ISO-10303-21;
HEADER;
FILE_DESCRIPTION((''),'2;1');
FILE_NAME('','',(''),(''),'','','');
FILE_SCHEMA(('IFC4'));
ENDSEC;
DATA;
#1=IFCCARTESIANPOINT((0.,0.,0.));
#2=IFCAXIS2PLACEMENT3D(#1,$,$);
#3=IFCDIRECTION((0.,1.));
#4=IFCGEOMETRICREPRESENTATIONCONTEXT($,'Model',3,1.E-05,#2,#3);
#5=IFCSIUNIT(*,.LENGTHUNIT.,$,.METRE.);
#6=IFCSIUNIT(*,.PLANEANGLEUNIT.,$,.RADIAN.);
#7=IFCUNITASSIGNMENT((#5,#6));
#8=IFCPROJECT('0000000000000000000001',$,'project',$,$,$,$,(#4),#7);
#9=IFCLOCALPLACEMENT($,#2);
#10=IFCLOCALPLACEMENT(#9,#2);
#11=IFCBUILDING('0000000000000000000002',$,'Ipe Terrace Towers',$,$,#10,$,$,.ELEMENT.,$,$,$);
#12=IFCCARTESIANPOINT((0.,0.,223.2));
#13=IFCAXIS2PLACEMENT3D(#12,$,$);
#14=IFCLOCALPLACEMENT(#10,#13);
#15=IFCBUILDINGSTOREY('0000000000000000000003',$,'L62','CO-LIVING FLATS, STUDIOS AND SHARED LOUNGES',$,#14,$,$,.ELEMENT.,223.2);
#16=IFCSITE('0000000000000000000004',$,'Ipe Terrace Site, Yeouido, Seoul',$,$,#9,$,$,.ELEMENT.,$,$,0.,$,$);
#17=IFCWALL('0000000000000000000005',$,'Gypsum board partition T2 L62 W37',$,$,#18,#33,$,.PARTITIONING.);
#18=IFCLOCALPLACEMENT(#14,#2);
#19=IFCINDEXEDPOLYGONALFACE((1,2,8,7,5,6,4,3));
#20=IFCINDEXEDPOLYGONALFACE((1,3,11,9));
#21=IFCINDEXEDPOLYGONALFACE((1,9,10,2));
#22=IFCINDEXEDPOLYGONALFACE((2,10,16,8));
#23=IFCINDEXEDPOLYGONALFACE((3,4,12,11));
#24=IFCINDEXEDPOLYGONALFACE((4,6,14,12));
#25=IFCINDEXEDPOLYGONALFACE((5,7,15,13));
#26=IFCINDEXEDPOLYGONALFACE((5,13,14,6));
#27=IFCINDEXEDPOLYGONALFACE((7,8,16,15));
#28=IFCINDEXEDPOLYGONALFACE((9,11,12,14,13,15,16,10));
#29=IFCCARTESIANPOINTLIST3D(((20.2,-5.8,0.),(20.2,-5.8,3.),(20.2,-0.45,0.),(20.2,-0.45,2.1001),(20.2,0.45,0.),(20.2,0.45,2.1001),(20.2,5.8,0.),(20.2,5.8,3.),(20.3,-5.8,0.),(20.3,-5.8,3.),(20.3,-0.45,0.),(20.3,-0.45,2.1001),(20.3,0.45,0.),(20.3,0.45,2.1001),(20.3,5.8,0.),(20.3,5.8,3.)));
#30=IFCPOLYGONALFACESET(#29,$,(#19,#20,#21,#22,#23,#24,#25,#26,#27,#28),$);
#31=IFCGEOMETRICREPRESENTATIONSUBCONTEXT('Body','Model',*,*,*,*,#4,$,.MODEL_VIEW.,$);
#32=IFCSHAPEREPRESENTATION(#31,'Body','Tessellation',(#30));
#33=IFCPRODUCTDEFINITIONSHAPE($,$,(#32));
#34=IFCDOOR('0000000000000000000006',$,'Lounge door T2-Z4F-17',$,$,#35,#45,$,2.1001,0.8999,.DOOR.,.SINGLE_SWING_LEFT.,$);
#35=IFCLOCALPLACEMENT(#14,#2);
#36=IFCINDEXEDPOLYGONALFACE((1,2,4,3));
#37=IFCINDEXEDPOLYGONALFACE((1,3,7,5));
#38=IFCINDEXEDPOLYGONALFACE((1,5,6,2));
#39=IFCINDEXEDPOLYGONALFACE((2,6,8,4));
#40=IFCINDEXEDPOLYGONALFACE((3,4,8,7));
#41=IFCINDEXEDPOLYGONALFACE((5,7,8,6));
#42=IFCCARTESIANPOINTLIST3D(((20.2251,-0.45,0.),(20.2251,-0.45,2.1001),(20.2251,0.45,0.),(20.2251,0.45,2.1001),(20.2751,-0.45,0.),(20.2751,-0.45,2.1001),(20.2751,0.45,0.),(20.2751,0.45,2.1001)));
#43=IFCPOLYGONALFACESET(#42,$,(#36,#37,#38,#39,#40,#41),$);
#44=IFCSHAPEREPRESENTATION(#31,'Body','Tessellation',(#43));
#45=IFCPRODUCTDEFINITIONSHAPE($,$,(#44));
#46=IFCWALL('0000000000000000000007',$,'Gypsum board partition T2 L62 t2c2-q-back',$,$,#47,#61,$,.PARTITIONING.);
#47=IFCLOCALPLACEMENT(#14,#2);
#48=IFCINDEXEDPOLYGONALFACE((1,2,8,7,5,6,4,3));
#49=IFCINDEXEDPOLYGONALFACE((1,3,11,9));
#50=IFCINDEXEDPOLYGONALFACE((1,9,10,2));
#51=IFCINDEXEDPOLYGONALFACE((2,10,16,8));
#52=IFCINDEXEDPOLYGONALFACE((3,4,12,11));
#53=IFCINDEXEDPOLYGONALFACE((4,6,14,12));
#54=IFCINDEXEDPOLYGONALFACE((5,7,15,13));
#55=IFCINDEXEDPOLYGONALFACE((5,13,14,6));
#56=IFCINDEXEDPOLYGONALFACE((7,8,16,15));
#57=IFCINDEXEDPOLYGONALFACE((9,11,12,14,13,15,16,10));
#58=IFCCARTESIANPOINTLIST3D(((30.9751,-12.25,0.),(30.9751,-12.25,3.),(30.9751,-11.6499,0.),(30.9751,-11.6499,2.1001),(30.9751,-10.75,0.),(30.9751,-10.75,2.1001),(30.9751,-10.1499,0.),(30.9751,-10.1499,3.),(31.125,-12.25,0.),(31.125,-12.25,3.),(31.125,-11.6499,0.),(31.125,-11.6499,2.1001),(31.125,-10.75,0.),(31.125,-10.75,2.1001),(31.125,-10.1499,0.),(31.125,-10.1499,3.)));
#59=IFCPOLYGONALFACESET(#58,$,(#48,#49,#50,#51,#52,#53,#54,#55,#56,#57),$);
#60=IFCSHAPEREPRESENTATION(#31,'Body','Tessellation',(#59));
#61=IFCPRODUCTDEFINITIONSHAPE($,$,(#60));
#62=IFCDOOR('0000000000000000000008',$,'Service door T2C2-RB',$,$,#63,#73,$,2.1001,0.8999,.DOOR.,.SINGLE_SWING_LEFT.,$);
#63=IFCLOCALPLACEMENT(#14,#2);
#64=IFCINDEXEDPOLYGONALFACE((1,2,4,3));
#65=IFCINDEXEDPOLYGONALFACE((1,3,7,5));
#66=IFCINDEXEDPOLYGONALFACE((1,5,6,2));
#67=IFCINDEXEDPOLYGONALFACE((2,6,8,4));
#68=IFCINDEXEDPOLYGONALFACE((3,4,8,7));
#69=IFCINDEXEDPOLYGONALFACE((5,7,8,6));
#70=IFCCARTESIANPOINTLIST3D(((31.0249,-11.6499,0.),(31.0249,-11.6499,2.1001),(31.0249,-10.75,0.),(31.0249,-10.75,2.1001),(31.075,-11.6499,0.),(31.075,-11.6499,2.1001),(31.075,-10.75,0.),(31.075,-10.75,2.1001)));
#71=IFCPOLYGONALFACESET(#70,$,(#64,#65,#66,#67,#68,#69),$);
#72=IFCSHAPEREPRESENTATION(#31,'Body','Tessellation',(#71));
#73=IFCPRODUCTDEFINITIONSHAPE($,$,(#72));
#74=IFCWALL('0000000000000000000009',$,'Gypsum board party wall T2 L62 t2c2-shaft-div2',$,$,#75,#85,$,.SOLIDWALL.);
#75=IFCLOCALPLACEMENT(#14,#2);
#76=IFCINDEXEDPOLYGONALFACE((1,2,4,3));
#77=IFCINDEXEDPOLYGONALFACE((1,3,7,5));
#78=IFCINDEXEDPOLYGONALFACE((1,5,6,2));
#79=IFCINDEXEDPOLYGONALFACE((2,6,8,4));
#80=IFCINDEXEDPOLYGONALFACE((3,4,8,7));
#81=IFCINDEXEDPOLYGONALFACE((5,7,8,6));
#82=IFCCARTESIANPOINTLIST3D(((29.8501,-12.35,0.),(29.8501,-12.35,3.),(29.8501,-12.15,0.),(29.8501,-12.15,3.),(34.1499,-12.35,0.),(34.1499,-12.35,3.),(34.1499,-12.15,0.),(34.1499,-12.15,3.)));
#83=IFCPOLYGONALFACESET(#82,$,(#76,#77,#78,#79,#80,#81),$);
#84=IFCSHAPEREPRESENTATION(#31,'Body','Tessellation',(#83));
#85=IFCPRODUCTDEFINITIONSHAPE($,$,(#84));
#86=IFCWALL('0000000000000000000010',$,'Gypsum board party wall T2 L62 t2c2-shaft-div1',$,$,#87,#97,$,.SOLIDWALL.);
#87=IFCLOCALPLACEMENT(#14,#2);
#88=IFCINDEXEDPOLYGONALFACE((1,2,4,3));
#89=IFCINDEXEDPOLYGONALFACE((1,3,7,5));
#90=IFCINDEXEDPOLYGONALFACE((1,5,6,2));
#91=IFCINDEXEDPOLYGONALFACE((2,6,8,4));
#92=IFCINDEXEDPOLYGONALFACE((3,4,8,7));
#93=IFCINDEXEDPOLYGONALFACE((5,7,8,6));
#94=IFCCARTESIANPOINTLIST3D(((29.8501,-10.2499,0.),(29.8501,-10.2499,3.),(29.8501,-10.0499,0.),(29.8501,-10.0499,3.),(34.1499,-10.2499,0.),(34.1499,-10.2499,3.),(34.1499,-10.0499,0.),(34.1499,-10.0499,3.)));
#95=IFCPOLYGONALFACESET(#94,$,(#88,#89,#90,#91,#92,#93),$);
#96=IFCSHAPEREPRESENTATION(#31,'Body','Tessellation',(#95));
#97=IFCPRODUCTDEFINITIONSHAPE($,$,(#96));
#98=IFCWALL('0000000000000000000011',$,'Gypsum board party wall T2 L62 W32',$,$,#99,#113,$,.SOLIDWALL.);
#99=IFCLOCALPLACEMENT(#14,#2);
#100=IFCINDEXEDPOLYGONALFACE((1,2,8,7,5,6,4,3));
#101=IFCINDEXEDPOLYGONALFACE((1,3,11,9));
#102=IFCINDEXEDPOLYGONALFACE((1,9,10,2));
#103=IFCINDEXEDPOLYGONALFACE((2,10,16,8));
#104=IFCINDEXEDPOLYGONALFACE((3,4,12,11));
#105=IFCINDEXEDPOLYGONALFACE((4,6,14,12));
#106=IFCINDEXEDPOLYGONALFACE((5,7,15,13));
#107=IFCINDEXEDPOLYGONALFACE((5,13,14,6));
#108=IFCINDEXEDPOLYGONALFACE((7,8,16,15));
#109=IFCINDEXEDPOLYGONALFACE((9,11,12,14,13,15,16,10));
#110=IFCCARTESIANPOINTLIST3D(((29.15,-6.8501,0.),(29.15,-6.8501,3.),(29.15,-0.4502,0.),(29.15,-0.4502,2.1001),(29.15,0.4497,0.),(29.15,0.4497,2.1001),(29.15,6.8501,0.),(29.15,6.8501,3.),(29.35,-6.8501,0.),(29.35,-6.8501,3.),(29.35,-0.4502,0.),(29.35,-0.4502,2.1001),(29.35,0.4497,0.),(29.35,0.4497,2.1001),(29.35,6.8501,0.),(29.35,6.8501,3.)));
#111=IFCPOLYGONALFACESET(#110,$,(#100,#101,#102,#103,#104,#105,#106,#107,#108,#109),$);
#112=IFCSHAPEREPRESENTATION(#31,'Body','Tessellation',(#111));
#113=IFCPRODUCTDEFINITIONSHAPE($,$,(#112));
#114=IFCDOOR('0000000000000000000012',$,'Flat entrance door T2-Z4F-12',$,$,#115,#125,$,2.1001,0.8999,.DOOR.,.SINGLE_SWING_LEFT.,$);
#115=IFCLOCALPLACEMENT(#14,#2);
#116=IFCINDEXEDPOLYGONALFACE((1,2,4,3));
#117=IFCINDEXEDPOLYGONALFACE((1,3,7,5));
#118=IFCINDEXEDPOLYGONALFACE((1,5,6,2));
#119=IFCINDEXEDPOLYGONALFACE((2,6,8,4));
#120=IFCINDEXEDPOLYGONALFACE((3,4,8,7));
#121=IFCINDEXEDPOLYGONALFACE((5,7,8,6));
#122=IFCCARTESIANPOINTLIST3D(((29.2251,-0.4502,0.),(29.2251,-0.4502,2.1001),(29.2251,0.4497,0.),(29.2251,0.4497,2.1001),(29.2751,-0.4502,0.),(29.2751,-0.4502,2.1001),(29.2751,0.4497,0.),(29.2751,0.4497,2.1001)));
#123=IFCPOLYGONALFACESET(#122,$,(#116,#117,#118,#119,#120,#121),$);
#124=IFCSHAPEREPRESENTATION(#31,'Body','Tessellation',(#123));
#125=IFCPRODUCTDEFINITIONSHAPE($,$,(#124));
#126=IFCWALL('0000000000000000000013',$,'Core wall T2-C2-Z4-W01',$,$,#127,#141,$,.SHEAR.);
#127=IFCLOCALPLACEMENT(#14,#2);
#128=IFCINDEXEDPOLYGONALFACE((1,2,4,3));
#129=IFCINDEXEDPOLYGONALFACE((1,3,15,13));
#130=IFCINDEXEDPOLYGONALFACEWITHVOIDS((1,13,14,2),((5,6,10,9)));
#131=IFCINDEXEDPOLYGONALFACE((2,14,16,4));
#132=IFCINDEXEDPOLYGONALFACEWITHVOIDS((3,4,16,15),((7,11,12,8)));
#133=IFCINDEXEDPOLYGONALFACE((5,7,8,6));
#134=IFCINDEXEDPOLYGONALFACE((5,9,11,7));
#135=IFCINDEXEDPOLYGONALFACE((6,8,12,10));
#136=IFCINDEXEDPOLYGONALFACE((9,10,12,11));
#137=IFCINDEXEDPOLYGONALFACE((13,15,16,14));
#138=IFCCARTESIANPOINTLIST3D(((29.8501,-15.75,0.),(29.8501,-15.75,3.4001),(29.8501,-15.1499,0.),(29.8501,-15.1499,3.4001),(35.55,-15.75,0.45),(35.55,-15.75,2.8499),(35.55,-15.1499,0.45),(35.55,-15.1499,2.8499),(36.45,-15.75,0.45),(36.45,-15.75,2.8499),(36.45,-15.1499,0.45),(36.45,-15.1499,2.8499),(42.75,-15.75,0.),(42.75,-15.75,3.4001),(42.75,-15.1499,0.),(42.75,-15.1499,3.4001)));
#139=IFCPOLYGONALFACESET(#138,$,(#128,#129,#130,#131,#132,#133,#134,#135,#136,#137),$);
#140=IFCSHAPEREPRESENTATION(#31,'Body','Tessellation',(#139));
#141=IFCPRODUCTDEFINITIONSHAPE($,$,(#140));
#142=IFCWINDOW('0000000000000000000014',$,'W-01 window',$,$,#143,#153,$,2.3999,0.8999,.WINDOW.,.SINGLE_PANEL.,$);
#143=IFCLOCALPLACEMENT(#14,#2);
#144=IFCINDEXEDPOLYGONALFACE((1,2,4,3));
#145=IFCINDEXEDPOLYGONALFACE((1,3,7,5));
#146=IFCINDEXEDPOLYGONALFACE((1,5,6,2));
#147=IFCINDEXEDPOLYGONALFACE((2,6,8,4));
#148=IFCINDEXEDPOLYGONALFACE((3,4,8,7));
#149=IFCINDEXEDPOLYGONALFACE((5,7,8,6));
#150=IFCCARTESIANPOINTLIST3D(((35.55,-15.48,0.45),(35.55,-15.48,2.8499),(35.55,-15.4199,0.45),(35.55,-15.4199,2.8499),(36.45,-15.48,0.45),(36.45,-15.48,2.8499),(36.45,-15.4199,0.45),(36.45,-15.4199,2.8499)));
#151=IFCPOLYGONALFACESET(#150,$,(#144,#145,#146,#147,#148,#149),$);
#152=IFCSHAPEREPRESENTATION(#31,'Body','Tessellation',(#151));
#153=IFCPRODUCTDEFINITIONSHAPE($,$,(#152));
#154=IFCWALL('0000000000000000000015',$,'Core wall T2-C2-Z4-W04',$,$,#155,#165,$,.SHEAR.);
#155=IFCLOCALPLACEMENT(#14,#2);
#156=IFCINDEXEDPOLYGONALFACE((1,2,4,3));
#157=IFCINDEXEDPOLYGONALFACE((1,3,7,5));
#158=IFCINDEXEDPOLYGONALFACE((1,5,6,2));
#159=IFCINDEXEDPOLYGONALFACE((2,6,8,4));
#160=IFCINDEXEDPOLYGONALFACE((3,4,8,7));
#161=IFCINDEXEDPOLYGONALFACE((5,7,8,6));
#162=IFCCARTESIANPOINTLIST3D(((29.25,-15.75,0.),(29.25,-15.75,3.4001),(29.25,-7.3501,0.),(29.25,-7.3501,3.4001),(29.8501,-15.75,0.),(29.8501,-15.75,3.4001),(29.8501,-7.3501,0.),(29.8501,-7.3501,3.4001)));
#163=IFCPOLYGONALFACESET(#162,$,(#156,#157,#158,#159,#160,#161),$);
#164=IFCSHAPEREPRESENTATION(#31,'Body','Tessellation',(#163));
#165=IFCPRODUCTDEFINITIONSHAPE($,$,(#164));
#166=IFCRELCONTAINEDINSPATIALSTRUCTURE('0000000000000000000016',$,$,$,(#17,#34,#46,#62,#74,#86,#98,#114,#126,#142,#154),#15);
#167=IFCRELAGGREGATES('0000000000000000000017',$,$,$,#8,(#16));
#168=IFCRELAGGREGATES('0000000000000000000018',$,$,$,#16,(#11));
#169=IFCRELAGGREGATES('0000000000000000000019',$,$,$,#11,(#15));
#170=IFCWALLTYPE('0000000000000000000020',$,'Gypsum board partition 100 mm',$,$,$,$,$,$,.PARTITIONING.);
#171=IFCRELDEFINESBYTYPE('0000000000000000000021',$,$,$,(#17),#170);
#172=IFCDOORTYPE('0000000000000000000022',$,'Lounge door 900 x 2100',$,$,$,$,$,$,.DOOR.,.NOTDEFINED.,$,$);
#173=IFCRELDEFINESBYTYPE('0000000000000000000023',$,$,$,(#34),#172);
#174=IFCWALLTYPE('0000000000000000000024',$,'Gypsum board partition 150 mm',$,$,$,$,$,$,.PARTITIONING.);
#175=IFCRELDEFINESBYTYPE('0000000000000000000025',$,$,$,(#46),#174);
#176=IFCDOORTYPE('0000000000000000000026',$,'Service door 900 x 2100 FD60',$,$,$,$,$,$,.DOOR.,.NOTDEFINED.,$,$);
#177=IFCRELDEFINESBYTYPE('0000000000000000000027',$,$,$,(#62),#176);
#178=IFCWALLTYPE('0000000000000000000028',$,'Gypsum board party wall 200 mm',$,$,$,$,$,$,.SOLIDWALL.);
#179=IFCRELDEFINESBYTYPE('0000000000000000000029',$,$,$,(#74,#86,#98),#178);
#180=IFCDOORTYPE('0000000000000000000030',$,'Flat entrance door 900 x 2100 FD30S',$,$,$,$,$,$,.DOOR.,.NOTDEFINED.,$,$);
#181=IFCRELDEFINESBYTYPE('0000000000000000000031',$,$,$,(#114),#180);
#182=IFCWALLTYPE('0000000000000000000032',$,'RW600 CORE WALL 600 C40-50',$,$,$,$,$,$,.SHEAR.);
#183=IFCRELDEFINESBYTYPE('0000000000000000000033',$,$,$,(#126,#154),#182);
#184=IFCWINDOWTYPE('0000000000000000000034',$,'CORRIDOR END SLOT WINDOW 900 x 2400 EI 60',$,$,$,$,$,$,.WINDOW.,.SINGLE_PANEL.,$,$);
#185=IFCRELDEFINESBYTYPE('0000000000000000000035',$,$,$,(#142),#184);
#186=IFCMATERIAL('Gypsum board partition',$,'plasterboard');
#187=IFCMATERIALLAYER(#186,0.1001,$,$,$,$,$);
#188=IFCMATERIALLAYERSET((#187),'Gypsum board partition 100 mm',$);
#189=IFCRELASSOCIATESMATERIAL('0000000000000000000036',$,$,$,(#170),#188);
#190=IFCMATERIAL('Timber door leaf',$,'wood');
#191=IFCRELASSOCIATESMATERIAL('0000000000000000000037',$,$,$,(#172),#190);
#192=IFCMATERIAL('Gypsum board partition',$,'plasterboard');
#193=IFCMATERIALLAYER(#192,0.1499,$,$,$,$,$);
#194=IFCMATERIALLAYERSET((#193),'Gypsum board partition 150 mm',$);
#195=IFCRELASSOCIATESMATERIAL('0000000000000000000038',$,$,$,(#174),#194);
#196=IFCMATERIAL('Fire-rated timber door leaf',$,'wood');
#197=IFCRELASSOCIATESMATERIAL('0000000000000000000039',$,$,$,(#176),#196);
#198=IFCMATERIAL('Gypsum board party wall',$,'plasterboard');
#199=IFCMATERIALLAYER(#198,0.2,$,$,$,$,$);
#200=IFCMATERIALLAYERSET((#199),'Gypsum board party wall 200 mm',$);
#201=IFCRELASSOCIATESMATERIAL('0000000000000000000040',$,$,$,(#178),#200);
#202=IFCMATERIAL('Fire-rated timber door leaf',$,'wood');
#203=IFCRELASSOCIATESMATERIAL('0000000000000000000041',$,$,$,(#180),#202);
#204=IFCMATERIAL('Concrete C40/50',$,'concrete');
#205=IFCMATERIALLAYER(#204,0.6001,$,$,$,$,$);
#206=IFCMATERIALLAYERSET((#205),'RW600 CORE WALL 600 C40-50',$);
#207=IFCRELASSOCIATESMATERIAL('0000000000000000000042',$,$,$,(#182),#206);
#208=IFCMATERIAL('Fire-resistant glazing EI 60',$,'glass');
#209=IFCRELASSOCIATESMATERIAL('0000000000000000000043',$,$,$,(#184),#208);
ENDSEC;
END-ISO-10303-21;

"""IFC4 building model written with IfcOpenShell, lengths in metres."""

from ifc_helpers import new_model, si_unit, direction, frame, frame_2d, origin, place, context, subcontext, project, spatial, rectangle, extrude, material, layer, layer_set, type_object, element, fill, save


model = new_model("IFC4")

# Units and contexts
model_context = context("Model", 3, precision=1e-05, world=origin(), true_north=direction((0.0, 1.0)))
body_context = subcontext(model_context, "Body", "Model", "MODEL_VIEW")
ifc_project = project(units=[si_unit("LENGTHUNIT", "METRE"), si_unit("PLANEANGLEUNIT", "RADIAN")], contexts=[model_context])

# Site, building, storey
site_placement = place(None, origin())
site = spatial("IfcSite", under=ifc_project, at=site_placement, Name="Ipe Terrace Site, Yeouido, Seoul", CompositionType="ELEMENT", RefElevation=0.0)
building_placement = place(site_placement, origin())
building = spatial("IfcBuilding", under=site, at=building_placement, Name="Ipe Terrace Towers", CompositionType="ELEMENT")
storey_placement = place(building_placement, frame((0.0, 0.0, 223.2)))
storey = spatial("IfcBuildingStorey", under=building, at=storey_placement, Name="L62", Description="CO-LIVING FLATS, STUDIOS AND SHARED LOUNGES", CompositionType="ELEMENT", Elevation=223.2)

# Shared definitions
ifc_material_1 = material(Name="Gypsum board partition", Category="plasterboard")
ifc_layer_1 = layer(ifc_material_1, 0.1001)
ifc_layer_set_1 = layer_set([ifc_layer_1], Name="Gypsum board partition 100 mm")
wall_type_1 = type_object("IfcWallType", Name="Gypsum board partition 100 mm", PredefinedType="PARTITIONING", material=ifc_layer_set_1)

# Shared definitions
ifc_material_2 = material(Name="Timber door leaf", Category="wood")
door_type_1 = type_object("IfcDoorType", Name="Lounge door 900 x 2100", OperationType="NOTDEFINED", PredefinedType="DOOR", material=ifc_material_2)

# Walls, openings, doors
wall_1_placement = place(storey_placement, frame((20.25, -5.8, 0.0), z_axis=(0.0, 0.0, 1.0), x_axis=(0.0, 1.0, 0.0)))
wall_1 = element("IfcWall", 1, at=wall_1_placement, inside=storey, type_object=wall_type_1, Name="Gypsum board partition T2 L62 W37", PredefinedType="PARTITIONING", context=body_context, shape_type="SweptSolid", body=[
    extrude(rectangle(XDim=11.6001, YDim=0.1001, at=frame_2d((5.8, 0.0))), origin(), (0.0, 0.0, 1.0), 3.0),
])
opening_1_placement = place(wall_1_placement, frame((5.3501, 0.0, 0.0)))
opening_1 = element("IfcOpeningElement", 2, at=opening_1_placement, cuts=wall_1, PredefinedType="OPENING", context=body_context, shape_type="SweptSolid", body=[
    extrude(rectangle(XDim=0.8999, YDim=2.1001, at=frame_2d((0.45, 1.05))), frame((0.0, 0.0601, 0.0), z_axis=(0.0, -1.0, 0.0), x_axis=(1.0, 0.0, 0.0)), (0.0, 0.0, 1.0), 0.1201),
])
door_1_placement = place(opening_1_placement, origin())
door_1 = element("IfcDoor", 3, at=door_1_placement, inside=storey, type_object=door_type_1, Name="Lounge door T2-Z4F-17", OperationType="SINGLE_SWING_LEFT", OverallHeight=2.1001, OverallWidth=0.8999, PredefinedType="DOOR", context=body_context, shape_type="SweptSolid", body=[
    extrude(rectangle(XDim=0.8999, YDim=2.1001, at=frame_2d((0.45, 1.05))), frame((0.0, 0.0249, 0.0), z_axis=(0.0, -1.0, 0.0), x_axis=(1.0, 0.0, 0.0)), (0.0, 0.0, 1.0), 0.05),
])
fill(opening_1, door_1)
ifc_material_3 = material(Name="Gypsum board partition", Category="plasterboard")
ifc_layer_2 = layer(ifc_material_3, 0.1499)
ifc_layer_set_2 = layer_set([ifc_layer_2], Name="Gypsum board partition 150 mm")
wall_type_2 = type_object("IfcWallType", Name="Gypsum board partition 150 mm", PredefinedType="PARTITIONING", material=ifc_layer_set_2)
wall_2_placement = place(storey_placement, frame((31.05, -10.1499, 0.0), z_axis=(0.0, 0.0, 1.0), x_axis=(0.0, -1.0, 0.0)))
wall_2 = element("IfcWall", 4, at=wall_2_placement, inside=storey, type_object=wall_type_2, Name="Gypsum board partition T2 L62 t2c2-q-back", PredefinedType="PARTITIONING", context=body_context, shape_type="SweptSolid", body=[
    extrude(rectangle(XDim=2.1001, YDim=0.1499, at=frame_2d((1.05, 0.0))), origin(), (0.0, 0.0, 1.0), 3.0),
])
opening_2_placement = place(wall_2_placement, frame((0.6001, 0.0, 0.0)))
opening_2 = element("IfcOpeningElement", 5, at=opening_2_placement, cuts=wall_2, PredefinedType="OPENING", context=body_context, shape_type="SweptSolid", body=[
    extrude(rectangle(XDim=0.8999, YDim=2.1001, at=frame_2d((0.45, 1.05))), frame((0.0, 0.085, 0.0), z_axis=(0.0, -1.0, 0.0), x_axis=(1.0, 0.0, 0.0)), (0.0, 0.0, 1.0), 0.1699),
])
ifc_material_4 = material(Name="Fire-rated timber door leaf", Category="wood")
door_type_2 = type_object("IfcDoorType", Name="Service door 900 x 2100 FD60", OperationType="NOTDEFINED", PredefinedType="DOOR", material=ifc_material_4)
door_2_placement = place(opening_2_placement, origin())
door_2 = element("IfcDoor", 6, at=door_2_placement, inside=storey, type_object=door_type_2, Name="Service door T2C2-RB", OperationType="SINGLE_SWING_LEFT", OverallHeight=2.1001, OverallWidth=0.8999, PredefinedType="DOOR", context=body_context, shape_type="SweptSolid", body=[
    extrude(rectangle(XDim=0.8999, YDim=2.1001, at=frame_2d((0.45, 1.05))), frame((0.0, 0.0249, 0.0), z_axis=(0.0, -1.0, 0.0), x_axis=(1.0, 0.0, 0.0)), (0.0, 0.0, 1.0), 0.05),
])
fill(opening_2, door_2)

# Walls
ifc_material_5 = material(Name="Gypsum board party wall", Category="plasterboard")
ifc_layer_3 = layer(ifc_material_5, 0.2)
ifc_layer_set_3 = layer_set([ifc_layer_3], Name="Gypsum board party wall 200 mm")
wall_type_3 = type_object("IfcWallType", Name="Gypsum board party wall 200 mm", PredefinedType="SOLIDWALL", material=ifc_layer_set_3)
for number, where, z_axis, x_axis, name in (
    (7, (29.8501, -12.25, 0.0), (0.0, 0.0, 1.0), (1.0, 0.0, 0.0), "Gypsum board party wall T2 L62 t2c2-shaft-div2"),
    (8, (29.8501, -10.1499, 0.0), (0.0, 0.0, 1.0), (1.0, 0.0, 0.0), "Gypsum board party wall T2 L62 t2c2-shaft-div1"),
):
    element("IfcWall", number, at=place(storey_placement, frame(where, z_axis=z_axis, x_axis=x_axis)), inside=storey, type_object=wall_type_3, Name=name, PredefinedType="SOLIDWALL", context=body_context, shape_type="SweptSolid", body=[
        extrude(rectangle(XDim=4.2998, YDim=0.2, at=frame_2d((2.1499, 0.0))), origin(), (0.0, 0.0, 1.0), 3.0),
    ])

# Wall, opening, door
wall_3_placement = place(storey_placement, frame((29.25, -6.8501, 0.0), z_axis=(0.0, 0.0, 1.0), x_axis=(0.0, 1.0, 0.0)))
wall_3 = element("IfcWall", 9, at=wall_3_placement, inside=storey, type_object=wall_type_3, Name="Gypsum board party wall T2 L62 W32", PredefinedType="SOLIDWALL", context=body_context, shape_type="SweptSolid", body=[
    extrude(rectangle(XDim=13.7002, YDim=0.2, at=frame_2d((6.8501, 0.0))), origin(), (0.0, 0.0, 1.0), 3.0),
])
opening_3_placement = place(wall_3_placement, frame((6.3999, 0.0, 0.0)))
opening_3 = element("IfcOpeningElement", 10, at=opening_3_placement, cuts=wall_3, PredefinedType="OPENING", context=body_context, shape_type="SweptSolid", body=[
    extrude(rectangle(XDim=0.8999, YDim=2.1001, at=frame_2d((0.45, 1.05))), frame((0.0, 0.1099, 0.0), z_axis=(0.0, -1.0, 0.0), x_axis=(1.0, 0.0, 0.0)), (0.0, 0.0, 1.0), 0.22),
])
ifc_material_6 = material(Name="Fire-rated timber door leaf", Category="wood")
door_type_3 = type_object("IfcDoorType", Name="Flat entrance door 900 x 2100 FD30S", OperationType="NOTDEFINED", PredefinedType="DOOR", material=ifc_material_6)
door_3_placement = place(opening_3_placement, origin())
door_3 = element("IfcDoor", 11, at=door_3_placement, inside=storey, type_object=door_type_3, Name="Flat entrance door T2-Z4F-12", OperationType="SINGLE_SWING_LEFT", OverallHeight=2.1001, OverallWidth=0.8999, PredefinedType="DOOR", context=body_context, shape_type="SweptSolid", body=[
    extrude(rectangle(XDim=0.8999, YDim=2.1001, at=frame_2d((0.45, 1.05))), frame((0.0, 0.0249, 0.0), z_axis=(0.0, -1.0, 0.0), x_axis=(1.0, 0.0, 0.0)), (0.0, 0.0, 1.0), 0.05),
])
fill(opening_3, door_3)

# Wall, opening, window
ifc_material_7 = material(Name="Concrete C40/50", Category="concrete")
ifc_layer_4 = layer(ifc_material_7, 0.6001)
ifc_layer_set_4 = layer_set([ifc_layer_4], Name="RW600 CORE WALL 600 C40-50")
wall_type_4 = type_object("IfcWallType", Name="RW600 CORE WALL 600 C40-50", PredefinedType="SHEAR", material=ifc_layer_set_4)
wall_4_placement = place(storey_placement, frame((29.8501, -15.45, 0.0), z_axis=(0.0, 0.0, 1.0), x_axis=(1.0, 0.0, 0.0)))
wall_4 = element("IfcWall", 12, at=wall_4_placement, inside=storey, type_object=wall_type_4, Name="Core wall T2-C2-Z4-W01", PredefinedType="SHEAR", context=body_context, shape_type="SweptSolid", body=[
    extrude(rectangle(XDim=12.8999, YDim=0.6001, at=frame_2d((6.45, 0.0))), origin(), (0.0, 0.0, 1.0), 3.4001),
])
opening_4_placement = place(wall_4_placement, frame((5.7, 0.0, 0.45)))
opening_4 = element("IfcOpeningElement", 13, at=opening_4_placement, cuts=wall_4, PredefinedType="OPENING", context=body_context, shape_type="SweptSolid", body=[
    extrude(rectangle(XDim=0.8999, YDim=2.3999, at=frame_2d((0.45, 1.2))), frame((0.0, 0.3101, 0.0), z_axis=(0.0, -1.0, 0.0), x_axis=(1.0, 0.0, 0.0)), (0.0, 0.0, 1.0), 0.6201),
])
ifc_material_8 = material(Name="Fire-resistant glazing EI 60", Category="glass")
window_type = type_object("IfcWindowType", Name="CORRIDOR END SLOT WINDOW 900 x 2400 EI 60", PartitioningType="SINGLE_PANEL", PredefinedType="WINDOW", material=ifc_material_8)
window_placement = place(opening_4_placement, origin())
window = element("IfcWindow", 14, at=window_placement, inside=storey, type_object=window_type, Name="W-01 window", OverallHeight=2.3999, OverallWidth=0.8999, PartitioningType="SINGLE_PANEL", PredefinedType="WINDOW", context=body_context, shape_type="SweptSolid", body=[
    extrude(rectangle(XDim=0.8999, YDim=2.3999, at=frame_2d((0.45, 1.2))), frame((0.0, 0.03, 0.0), z_axis=(0.0, -1.0, 0.0), x_axis=(1.0, 0.0, 0.0)), (0.0, 0.0, 1.0), 0.0601),
])
fill(opening_4, window)

# Wall
wall_5_placement = place(storey_placement, frame((29.55, -7.3501, 0.0), z_axis=(0.0, 0.0, 1.0), x_axis=(0.0, -1.0, 0.0)))
element("IfcWall", 15, at=wall_5_placement, inside=storey, type_object=wall_type_4, Name="Core wall T2-C2-Z4-W04", PredefinedType="SHEAR", context=body_context, shape_type="SweptSolid", body=[
    extrude(rectangle(XDim=8.3999, YDim=0.6001, at=frame_2d((4.2, 0.0))), origin(), (0.0, 0.0, 1.0), 3.4001),
])

save(model, "model.ifc")
